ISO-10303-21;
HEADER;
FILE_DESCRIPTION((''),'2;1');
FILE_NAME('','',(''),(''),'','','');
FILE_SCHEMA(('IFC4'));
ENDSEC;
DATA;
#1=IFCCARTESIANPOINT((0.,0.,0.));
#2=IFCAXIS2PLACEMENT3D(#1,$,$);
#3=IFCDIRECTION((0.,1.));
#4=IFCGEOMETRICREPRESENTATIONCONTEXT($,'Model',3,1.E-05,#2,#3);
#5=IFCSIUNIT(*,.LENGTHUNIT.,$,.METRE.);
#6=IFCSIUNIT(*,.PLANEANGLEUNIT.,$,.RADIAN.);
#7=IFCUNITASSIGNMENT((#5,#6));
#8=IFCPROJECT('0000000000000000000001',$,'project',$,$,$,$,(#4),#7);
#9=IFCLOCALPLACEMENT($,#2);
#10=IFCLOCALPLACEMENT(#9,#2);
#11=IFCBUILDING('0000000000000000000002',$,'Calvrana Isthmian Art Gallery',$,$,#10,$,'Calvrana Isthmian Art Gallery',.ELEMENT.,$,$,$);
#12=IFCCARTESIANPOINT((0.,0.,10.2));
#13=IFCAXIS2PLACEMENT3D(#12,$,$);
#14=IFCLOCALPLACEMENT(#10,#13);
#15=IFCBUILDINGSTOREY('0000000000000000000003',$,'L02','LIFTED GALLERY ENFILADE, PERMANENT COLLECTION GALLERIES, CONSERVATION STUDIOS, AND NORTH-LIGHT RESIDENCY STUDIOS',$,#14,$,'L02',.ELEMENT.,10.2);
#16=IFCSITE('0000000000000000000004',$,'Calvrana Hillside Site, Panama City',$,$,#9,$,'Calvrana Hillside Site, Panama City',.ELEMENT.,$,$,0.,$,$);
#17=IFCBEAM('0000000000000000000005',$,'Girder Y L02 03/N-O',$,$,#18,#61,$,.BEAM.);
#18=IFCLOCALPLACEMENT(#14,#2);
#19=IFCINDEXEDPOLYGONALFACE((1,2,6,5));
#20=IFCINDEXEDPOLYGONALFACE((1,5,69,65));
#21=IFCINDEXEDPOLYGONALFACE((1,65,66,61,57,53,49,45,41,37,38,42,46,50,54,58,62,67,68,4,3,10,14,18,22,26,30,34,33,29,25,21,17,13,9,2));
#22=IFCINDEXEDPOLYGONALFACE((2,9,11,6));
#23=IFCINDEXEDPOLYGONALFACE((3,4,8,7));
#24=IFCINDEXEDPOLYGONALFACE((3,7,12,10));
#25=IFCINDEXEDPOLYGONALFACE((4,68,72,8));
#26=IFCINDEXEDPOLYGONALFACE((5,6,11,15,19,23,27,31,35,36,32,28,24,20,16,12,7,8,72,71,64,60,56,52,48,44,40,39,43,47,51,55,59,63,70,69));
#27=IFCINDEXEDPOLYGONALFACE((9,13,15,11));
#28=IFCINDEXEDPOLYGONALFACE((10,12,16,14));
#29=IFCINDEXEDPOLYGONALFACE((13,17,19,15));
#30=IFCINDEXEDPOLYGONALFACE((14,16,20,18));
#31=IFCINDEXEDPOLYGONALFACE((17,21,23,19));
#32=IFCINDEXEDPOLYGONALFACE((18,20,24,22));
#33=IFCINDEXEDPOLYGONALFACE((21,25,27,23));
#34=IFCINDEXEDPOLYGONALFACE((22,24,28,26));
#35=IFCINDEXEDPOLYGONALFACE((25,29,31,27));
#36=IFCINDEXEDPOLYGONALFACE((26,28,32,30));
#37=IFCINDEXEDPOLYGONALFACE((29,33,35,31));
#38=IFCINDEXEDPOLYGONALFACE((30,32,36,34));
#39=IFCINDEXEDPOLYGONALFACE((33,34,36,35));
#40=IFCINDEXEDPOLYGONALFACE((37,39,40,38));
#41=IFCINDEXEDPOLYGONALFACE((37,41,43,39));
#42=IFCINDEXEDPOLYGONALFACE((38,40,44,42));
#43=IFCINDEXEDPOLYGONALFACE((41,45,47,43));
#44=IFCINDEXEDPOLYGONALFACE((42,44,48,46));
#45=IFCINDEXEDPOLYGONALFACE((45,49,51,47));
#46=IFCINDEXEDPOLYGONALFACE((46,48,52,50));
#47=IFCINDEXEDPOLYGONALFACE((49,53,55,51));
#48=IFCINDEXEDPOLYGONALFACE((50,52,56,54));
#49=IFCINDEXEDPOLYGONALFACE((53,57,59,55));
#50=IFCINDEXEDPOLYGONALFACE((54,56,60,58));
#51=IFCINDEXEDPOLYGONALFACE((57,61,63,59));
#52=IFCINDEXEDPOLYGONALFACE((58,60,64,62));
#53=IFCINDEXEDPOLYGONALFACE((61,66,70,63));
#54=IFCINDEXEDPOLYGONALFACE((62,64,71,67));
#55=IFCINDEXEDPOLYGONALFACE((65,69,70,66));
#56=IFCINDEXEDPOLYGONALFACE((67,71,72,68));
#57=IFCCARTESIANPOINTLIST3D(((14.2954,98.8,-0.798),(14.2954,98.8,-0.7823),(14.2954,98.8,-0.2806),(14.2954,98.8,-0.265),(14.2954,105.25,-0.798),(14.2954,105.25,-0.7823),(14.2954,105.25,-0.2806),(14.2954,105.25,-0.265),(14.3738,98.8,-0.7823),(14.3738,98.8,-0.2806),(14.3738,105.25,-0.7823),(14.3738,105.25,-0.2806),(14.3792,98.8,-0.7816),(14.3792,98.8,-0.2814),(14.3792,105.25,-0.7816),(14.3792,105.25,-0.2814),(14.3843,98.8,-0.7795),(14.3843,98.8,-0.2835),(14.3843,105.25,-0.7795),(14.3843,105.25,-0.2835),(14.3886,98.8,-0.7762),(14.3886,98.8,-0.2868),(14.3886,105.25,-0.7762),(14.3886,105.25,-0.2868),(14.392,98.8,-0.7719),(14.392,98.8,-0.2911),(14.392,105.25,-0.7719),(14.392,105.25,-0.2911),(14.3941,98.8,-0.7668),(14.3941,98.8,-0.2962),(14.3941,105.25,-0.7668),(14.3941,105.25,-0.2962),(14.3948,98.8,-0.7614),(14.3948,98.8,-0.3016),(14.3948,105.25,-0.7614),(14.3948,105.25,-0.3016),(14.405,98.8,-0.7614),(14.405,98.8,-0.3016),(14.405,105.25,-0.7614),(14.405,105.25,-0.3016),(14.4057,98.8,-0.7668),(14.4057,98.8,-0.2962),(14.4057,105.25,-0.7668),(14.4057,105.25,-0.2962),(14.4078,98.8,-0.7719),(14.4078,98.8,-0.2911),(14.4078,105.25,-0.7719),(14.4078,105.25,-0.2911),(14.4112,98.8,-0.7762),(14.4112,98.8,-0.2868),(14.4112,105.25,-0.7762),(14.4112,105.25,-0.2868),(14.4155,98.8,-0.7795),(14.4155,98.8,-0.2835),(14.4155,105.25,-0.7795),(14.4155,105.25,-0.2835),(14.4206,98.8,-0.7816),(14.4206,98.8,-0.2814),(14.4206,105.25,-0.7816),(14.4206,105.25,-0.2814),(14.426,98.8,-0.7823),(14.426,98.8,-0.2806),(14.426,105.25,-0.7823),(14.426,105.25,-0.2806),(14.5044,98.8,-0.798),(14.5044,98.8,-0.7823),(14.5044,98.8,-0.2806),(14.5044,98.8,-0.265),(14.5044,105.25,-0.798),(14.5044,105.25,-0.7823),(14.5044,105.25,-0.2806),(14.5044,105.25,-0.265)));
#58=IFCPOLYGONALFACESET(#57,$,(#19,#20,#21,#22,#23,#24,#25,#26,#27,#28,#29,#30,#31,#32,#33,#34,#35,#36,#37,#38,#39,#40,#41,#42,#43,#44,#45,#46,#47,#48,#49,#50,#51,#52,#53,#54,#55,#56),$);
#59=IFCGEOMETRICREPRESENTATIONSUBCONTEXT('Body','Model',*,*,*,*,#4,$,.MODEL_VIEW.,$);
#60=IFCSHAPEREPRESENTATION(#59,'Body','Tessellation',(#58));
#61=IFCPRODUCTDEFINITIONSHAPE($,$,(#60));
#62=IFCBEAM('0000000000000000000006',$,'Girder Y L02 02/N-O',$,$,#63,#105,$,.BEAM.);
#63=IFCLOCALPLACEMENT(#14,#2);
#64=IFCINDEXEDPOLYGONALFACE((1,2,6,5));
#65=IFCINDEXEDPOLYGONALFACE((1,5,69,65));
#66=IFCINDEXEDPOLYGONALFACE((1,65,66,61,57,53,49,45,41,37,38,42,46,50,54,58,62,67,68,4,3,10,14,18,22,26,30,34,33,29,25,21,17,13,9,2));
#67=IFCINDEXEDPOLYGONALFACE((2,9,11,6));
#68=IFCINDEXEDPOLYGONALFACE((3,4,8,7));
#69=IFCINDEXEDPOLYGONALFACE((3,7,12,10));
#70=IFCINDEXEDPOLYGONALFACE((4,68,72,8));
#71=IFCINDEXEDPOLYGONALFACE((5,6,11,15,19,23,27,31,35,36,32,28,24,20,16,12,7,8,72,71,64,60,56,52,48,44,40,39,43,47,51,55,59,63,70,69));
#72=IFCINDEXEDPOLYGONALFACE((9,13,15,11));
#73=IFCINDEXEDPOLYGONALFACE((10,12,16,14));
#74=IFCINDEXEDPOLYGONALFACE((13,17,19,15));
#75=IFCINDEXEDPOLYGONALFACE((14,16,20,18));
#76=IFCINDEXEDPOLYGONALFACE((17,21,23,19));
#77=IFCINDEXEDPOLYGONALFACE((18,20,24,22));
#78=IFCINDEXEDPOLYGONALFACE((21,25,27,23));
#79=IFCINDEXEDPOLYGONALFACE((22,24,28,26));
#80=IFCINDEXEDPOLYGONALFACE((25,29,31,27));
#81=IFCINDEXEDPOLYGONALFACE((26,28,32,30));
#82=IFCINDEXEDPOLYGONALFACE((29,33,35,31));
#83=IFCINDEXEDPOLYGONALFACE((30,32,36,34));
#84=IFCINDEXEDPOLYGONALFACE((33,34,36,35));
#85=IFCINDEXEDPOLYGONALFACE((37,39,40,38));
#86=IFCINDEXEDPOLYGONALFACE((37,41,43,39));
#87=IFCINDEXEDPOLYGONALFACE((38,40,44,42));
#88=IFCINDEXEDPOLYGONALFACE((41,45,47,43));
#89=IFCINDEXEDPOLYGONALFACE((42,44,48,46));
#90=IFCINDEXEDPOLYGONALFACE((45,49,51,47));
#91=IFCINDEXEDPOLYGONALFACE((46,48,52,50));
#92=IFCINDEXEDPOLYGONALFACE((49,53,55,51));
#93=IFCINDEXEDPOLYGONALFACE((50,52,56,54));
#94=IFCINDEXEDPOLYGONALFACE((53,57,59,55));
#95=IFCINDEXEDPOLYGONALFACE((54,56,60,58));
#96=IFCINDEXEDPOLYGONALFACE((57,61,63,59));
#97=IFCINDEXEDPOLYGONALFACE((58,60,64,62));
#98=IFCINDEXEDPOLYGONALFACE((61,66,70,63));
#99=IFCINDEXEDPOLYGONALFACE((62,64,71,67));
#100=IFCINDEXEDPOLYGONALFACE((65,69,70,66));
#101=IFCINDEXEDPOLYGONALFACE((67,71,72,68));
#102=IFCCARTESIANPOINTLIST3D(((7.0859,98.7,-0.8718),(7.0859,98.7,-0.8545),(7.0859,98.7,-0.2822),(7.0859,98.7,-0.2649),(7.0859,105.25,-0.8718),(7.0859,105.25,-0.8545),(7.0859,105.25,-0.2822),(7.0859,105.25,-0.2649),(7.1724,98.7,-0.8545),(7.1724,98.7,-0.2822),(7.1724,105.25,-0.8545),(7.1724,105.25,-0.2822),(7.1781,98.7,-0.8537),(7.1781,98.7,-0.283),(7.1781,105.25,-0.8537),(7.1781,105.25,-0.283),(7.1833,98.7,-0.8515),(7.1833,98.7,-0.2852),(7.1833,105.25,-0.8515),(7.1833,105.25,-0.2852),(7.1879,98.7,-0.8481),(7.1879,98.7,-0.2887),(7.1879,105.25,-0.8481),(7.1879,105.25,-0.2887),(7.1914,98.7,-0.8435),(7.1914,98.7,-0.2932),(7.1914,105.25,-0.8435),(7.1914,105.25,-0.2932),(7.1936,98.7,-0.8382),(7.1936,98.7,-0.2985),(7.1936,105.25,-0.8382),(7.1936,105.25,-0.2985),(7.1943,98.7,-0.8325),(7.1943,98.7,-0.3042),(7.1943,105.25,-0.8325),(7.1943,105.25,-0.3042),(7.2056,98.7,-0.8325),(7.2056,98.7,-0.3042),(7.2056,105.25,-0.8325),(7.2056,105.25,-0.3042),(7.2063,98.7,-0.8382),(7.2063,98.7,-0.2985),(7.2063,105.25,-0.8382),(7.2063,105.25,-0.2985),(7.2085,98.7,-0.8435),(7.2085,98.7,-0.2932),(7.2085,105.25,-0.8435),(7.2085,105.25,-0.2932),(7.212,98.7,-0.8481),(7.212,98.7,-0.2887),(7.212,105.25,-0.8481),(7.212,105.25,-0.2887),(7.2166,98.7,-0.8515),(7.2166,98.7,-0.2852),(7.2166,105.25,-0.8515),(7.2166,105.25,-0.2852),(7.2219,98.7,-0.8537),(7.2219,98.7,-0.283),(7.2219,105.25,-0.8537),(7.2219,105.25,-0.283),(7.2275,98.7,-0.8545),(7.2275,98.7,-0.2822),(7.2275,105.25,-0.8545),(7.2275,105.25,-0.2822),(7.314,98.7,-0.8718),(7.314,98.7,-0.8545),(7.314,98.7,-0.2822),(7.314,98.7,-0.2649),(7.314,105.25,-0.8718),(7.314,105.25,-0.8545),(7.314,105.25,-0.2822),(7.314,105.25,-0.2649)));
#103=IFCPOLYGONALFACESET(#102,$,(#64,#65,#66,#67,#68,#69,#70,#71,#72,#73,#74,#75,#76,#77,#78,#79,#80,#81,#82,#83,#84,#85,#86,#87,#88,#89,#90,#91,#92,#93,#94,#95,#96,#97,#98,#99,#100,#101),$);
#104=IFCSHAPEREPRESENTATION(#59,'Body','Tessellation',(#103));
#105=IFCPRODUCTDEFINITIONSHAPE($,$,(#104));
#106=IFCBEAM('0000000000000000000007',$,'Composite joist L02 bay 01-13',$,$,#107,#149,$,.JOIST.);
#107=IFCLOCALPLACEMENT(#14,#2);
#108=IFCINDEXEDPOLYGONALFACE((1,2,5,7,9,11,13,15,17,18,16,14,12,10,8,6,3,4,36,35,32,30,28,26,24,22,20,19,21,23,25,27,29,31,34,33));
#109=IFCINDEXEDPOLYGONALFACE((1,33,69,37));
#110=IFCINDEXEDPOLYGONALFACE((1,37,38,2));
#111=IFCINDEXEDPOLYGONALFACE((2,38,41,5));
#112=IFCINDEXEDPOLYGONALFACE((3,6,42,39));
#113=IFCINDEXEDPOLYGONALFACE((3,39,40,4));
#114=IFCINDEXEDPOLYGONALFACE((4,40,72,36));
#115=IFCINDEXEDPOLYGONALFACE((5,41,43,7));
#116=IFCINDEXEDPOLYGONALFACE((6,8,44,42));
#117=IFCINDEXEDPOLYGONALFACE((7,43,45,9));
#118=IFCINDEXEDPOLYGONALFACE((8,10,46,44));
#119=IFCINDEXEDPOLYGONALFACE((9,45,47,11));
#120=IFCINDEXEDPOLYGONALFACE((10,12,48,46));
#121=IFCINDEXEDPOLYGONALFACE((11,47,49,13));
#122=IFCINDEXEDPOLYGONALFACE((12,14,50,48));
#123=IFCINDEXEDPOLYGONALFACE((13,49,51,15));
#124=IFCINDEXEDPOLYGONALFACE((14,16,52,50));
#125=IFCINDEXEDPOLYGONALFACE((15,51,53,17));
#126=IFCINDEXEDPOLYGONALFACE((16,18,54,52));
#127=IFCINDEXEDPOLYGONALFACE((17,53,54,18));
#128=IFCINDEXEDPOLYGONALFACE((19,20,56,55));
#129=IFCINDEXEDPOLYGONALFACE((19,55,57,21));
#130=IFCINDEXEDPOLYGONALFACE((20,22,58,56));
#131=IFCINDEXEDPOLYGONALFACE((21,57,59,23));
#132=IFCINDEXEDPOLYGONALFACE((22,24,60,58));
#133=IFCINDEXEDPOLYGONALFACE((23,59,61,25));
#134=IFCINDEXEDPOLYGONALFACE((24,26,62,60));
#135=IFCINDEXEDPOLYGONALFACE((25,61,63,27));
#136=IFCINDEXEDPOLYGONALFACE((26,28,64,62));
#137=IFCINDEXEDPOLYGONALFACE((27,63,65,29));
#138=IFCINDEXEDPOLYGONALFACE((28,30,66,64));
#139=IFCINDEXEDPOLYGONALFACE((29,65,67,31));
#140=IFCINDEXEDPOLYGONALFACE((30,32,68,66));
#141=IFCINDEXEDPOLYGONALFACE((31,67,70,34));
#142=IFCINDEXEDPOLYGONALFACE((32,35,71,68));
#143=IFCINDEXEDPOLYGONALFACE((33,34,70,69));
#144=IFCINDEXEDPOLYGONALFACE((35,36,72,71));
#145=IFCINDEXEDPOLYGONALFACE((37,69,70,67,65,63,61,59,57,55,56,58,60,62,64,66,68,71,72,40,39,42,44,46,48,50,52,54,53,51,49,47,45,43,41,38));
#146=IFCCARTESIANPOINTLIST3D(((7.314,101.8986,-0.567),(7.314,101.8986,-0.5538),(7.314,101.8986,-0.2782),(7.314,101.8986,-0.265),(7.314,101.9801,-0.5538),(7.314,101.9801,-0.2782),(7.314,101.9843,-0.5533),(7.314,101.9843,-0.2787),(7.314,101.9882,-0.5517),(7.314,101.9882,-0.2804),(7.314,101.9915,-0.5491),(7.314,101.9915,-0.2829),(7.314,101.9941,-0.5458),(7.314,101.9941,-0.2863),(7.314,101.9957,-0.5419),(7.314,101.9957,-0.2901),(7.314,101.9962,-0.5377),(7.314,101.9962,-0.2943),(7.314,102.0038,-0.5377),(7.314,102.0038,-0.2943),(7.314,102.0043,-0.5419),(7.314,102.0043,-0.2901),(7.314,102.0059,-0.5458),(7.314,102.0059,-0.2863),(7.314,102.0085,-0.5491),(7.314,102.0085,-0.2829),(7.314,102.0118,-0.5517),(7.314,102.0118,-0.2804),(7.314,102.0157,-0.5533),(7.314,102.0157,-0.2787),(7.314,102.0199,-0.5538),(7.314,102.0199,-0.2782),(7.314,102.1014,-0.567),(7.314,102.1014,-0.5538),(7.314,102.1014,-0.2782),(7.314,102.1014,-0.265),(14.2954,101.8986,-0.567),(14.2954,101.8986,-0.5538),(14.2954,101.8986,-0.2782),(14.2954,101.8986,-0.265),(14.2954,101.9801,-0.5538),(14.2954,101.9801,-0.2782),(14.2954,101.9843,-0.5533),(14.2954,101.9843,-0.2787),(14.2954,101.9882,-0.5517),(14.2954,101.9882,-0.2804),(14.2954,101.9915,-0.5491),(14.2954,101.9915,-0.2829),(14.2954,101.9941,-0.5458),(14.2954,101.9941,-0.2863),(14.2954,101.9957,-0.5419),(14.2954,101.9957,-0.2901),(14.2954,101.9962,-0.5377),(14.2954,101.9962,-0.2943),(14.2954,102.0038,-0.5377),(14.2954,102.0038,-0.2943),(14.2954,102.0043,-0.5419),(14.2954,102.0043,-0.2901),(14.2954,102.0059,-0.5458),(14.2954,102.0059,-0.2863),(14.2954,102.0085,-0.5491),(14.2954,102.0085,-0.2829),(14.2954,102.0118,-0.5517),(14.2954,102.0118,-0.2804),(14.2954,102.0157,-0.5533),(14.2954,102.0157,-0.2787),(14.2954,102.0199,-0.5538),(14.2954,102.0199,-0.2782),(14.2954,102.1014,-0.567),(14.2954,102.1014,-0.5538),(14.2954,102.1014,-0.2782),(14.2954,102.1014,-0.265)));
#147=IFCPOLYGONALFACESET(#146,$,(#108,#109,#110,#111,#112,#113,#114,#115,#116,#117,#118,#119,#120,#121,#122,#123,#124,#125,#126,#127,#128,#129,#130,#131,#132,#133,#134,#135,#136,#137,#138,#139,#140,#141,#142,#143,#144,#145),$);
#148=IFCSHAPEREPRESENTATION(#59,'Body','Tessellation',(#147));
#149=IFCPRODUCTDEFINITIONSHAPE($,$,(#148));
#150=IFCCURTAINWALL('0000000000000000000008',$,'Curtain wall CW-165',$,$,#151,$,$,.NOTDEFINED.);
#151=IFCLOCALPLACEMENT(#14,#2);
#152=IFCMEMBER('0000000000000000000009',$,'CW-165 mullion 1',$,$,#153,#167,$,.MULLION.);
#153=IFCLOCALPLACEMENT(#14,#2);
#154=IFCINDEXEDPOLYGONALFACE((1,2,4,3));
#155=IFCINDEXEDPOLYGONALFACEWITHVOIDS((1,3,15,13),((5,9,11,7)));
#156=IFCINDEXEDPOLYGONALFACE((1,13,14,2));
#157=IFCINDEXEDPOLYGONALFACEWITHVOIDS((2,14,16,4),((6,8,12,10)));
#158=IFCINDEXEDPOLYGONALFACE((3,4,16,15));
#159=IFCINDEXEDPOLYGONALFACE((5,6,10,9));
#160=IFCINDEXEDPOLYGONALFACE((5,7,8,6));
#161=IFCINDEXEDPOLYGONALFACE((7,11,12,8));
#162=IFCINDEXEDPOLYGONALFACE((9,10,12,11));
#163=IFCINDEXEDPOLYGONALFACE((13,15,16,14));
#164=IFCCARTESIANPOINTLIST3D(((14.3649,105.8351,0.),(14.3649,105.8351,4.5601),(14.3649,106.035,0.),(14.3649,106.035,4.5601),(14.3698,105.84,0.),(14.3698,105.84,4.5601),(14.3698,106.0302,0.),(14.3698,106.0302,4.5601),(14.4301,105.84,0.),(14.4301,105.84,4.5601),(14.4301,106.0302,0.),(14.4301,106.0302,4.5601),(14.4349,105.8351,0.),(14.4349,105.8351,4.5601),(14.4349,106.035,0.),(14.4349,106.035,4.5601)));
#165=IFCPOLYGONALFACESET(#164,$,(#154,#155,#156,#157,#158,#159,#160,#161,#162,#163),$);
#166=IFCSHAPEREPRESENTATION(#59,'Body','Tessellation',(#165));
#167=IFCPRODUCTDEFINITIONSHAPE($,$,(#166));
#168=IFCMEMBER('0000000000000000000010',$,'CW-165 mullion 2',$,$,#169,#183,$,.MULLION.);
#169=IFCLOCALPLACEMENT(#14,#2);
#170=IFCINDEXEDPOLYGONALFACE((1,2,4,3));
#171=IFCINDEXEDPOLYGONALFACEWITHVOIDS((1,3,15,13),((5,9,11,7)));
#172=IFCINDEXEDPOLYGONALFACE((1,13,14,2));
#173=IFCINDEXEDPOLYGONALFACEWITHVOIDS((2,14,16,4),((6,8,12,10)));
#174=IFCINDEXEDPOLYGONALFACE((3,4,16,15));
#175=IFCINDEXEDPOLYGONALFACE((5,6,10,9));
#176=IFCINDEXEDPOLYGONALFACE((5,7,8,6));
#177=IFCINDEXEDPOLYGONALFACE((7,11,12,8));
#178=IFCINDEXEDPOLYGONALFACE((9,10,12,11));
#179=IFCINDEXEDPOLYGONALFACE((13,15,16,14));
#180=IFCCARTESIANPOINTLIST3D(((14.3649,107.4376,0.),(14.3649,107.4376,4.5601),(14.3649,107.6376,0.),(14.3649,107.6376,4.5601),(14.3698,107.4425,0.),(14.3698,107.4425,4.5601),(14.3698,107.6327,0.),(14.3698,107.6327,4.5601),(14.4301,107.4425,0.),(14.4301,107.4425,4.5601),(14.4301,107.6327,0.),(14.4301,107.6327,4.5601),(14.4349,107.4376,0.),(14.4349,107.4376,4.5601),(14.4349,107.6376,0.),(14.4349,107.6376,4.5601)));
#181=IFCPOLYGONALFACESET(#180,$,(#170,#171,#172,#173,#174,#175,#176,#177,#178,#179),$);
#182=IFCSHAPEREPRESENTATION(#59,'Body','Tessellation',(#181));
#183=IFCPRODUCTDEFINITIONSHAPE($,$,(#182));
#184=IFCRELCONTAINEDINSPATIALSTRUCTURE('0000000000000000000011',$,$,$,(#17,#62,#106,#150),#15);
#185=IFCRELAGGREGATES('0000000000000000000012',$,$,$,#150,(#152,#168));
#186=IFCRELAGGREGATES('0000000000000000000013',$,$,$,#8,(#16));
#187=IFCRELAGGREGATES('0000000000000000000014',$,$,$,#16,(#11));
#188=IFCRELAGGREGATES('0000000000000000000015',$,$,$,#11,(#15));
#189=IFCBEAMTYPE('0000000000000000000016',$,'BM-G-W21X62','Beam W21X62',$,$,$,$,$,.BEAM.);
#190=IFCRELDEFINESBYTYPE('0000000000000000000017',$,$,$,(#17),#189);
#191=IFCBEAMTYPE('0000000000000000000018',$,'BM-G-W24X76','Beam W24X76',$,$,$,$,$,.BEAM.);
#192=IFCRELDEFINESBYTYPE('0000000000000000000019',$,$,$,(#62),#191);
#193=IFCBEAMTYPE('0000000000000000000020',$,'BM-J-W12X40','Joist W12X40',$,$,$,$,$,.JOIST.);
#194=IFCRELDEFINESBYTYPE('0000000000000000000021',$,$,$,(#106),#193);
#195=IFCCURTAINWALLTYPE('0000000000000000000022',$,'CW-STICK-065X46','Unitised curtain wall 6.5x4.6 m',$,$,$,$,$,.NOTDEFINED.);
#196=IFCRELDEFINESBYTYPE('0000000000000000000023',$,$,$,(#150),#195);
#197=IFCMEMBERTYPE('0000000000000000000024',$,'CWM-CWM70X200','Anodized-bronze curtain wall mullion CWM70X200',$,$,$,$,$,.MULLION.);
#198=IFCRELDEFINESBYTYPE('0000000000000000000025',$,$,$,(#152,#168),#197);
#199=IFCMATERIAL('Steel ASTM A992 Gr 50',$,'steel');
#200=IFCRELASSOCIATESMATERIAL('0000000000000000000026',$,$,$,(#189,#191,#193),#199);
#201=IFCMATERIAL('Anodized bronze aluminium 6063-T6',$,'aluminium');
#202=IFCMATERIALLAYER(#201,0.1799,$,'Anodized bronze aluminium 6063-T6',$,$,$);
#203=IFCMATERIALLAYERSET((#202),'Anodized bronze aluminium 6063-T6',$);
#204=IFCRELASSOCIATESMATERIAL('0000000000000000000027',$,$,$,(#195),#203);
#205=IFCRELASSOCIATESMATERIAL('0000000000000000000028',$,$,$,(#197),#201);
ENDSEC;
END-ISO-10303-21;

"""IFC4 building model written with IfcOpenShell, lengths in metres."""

from ifc_helpers import new_model, si_unit, direction, frame, origin, origin_2d, place, context, subcontext, project, spatial, hollow_rectangle, i_section, extrude, material, layer, layer_set, material_profile, profile_set, type_object, element, aggregate, save


model = new_model("IFC4")

# Units and contexts
model_context = context("Model", 3, precision=1e-05, world=origin(), true_north=direction((0.0, 1.0)))
body_context = subcontext(model_context, "Body", "Model", "MODEL_VIEW")
ifc_project = project(units=[si_unit("LENGTHUNIT", "METRE"), si_unit("PLANEANGLEUNIT", "RADIAN")], contexts=[model_context])

# Site, building, storey
site_placement = place(None, origin())
site = spatial("IfcSite", under=ifc_project, at=site_placement, Name="Calvrana Hillside Site, Panama City", LongName="Calvrana Hillside Site, Panama City", CompositionType="ELEMENT", RefElevation=0.0)
building_placement = place(site_placement, origin())
building = spatial("IfcBuilding", under=site, at=building_placement, Name="Calvrana Isthmian Art Gallery", LongName="Calvrana Isthmian Art Gallery", CompositionType="ELEMENT")
storey_placement = place(building_placement, frame((0.0, 0.0, 10.2)))
storey = spatial("IfcBuildingStorey", under=building, at=storey_placement, Name="L02", Description="LIFTED GALLERY ENFILADE, PERMANENT COLLECTION GALLERIES, CONSERVATION STUDIOS, AND NORTH-LIGHT RESIDENCY STUDIOS", LongName="L02", CompositionType="ELEMENT", Elevation=10.2)

# Beams
ifc_material_1 = material(Name="Steel ASTM A992 Gr 50", Category="steel")
ifc_material_profile_1 = material_profile(ifc_material_1, i_section(OverallWidth=0.209, OverallDepth=0.533, WebThickness=0.0103, FlangeThickness=0.0156, FilletRadius=0.021, at=origin_2d()), Name="W21X62")
ifc_profile_set_1 = profile_set([ifc_material_profile_1], Name="Steel ASTM A992 Gr 50")
beam_type_1 = type_object("IfcBeamType", Name="BM-G-W21X62", Description="Beam W21X62", PredefinedType="BEAM", material=ifc_profile_set_1)
beam_1_placement = place(storey_placement, frame((14.3999, 98.8, -0.5315), z_axis=(0.0, 1.0, 0.0), x_axis=(-1.0, 0.0, 0.0)))
element("IfcBeam", 1, at=beam_1_placement, inside=storey, type_object=beam_type_1, Name="Girder Y L02 03/N-O", PredefinedType="BEAM", context=body_context, shape_type="SweptSolid", body=[
    extrude(i_section(OverallWidth=0.209, OverallDepth=0.533, WebThickness=0.0103, FlangeThickness=0.0156, FilletRadius=0.021, at=origin_2d()), origin(), (0.0, 0.0, 1.0), 6.45),
])
ifc_material_profile_2 = material_profile(ifc_material_1, i_section(OverallWidth=0.228, OverallDepth=0.6069, WebThickness=0.0112, FlangeThickness=0.0173, FilletRadius=0.022, at=origin_2d()), Name="W24X76")
ifc_profile_set_2 = profile_set([ifc_material_profile_2], Name="Steel ASTM A992 Gr 50")
beam_type_2 = type_object("IfcBeamType", Name="BM-G-W24X76", Description="Beam W24X76", PredefinedType="BEAM", material=ifc_profile_set_2)
beam_2_placement = place(storey_placement, frame((7.2, 98.7, -0.5684), z_axis=(0.0, 1.0, 0.0), x_axis=(-1.0, 0.0, 0.0)))
element("IfcBeam", 2, at=beam_2_placement, inside=storey, type_object=beam_type_2, Name="Girder Y L02 02/N-O", PredefinedType="BEAM", context=body_context, shape_type="SweptSolid", body=[
    extrude(i_section(OverallWidth=0.228, OverallDepth=0.6069, WebThickness=0.0112, FlangeThickness=0.0173, FilletRadius=0.022, at=origin_2d()), origin(), (0.0, 0.0, 1.0), 6.55),
])
ifc_material_profile_3 = material_profile(ifc_material_1, i_section(OverallWidth=0.2029, OverallDepth=0.302, WebThickness=0.0076, FlangeThickness=0.0132, FilletRadius=0.0161, at=origin_2d()), Name="W12X40")
ifc_profile_set_3 = profile_set([ifc_material_profile_3], Name="Steel ASTM A992 Gr 50")
beam_type_3 = type_object("IfcBeamType", Name="BM-J-W12X40", Description="Joist W12X40", PredefinedType="JOIST", material=ifc_profile_set_3)
beam_3_placement = place(storey_placement, frame((7.314, 102.0, -0.416), z_axis=(1.0, 0.0, 0.0), x_axis=(0.0, 1.0, 0.0)))
element("IfcBeam", 3, at=beam_3_placement, inside=storey, type_object=beam_type_3, Name="Composite joist L02 bay 01-13", PredefinedType="JOIST", context=body_context, shape_type="SweptSolid", body=[
    extrude(i_section(OverallWidth=0.2029, OverallDepth=0.302, WebThickness=0.0076, FlangeThickness=0.0132, FilletRadius=0.0161, at=origin_2d()), origin(), (0.0, 0.0, 1.0), 6.9814),
])

# Curtain wall, members
ifc_material_2 = material(Name="Anodized bronze aluminium 6063-T6", Category="aluminium")
ifc_layer_1 = layer(ifc_material_2, 0.1799, Name="Anodized bronze aluminium 6063-T6")
ifc_layer_set_1 = layer_set([ifc_layer_1], Name="Anodized bronze aluminium 6063-T6")
curtain_wall_type = type_object("IfcCurtainWallType", Name="CW-STICK-065X46", Description="Unitised curtain wall 6.5x4.6 m", PredefinedType="NOTDEFINED", material=ifc_layer_set_1)
curtain_wall_placement = place(storey_placement, origin())
curtain_wall = element("IfcCurtainWall", 4, at=curtain_wall_placement, inside=storey, type_object=curtain_wall_type, Name="Curtain wall CW-165", PredefinedType="NOTDEFINED")
ifc_material_profile_4 = material_profile(ifc_material_2, hollow_rectangle(XDim=0.0701, YDim=0.2, WallThickness=0.0049, at=origin_2d()), Name="CWM70X200")
ifc_profile_set_4 = profile_set([ifc_material_profile_4], Name="Anodized bronze aluminium 6063-T6")
member_type_1 = type_object("IfcMemberType", Name="CWM-CWM70X200", Description="Anodized-bronze curtain wall mullion CWM70X200", PredefinedType="MULLION", material=ifc_profile_set_4)
member_1_placement = place(storey_placement, frame((14.3999, 105.9351, 0.0), z_axis=(0.0, 0.0, 1.0), x_axis=(-1.0, 0.0, 0.0)))
member_1 = element("IfcMember", 5, at=member_1_placement, type_object=member_type_1, Name="CW-165 mullion 1", PredefinedType="MULLION", context=body_context, shape_type="SweptSolid", body=[
    extrude(hollow_rectangle(XDim=0.0701, YDim=0.2, WallThickness=0.0049, at=origin_2d()), origin(), (0.0, 0.0, 1.0), 4.5601),
])
member_2_placement = place(storey_placement, frame((14.3999, 107.5376, 0.0), z_axis=(0.0, 0.0, 1.0), x_axis=(-1.0, 0.0, 0.0)))
member_2 = element("IfcMember", 6, at=member_2_placement, type_object=member_type_1, Name="CW-165 mullion 2", PredefinedType="MULLION", context=body_context, shape_type="SweptSolid", body=[
    extrude(hollow_rectangle(XDim=0.0701, YDim=0.2, WallThickness=0.0049, at=origin_2d()), origin(), (0.0, 0.0, 1.0), 4.5601),
])
aggregate(curtain_wall, [member_1, member_2])

save(model, "model.ifc")
